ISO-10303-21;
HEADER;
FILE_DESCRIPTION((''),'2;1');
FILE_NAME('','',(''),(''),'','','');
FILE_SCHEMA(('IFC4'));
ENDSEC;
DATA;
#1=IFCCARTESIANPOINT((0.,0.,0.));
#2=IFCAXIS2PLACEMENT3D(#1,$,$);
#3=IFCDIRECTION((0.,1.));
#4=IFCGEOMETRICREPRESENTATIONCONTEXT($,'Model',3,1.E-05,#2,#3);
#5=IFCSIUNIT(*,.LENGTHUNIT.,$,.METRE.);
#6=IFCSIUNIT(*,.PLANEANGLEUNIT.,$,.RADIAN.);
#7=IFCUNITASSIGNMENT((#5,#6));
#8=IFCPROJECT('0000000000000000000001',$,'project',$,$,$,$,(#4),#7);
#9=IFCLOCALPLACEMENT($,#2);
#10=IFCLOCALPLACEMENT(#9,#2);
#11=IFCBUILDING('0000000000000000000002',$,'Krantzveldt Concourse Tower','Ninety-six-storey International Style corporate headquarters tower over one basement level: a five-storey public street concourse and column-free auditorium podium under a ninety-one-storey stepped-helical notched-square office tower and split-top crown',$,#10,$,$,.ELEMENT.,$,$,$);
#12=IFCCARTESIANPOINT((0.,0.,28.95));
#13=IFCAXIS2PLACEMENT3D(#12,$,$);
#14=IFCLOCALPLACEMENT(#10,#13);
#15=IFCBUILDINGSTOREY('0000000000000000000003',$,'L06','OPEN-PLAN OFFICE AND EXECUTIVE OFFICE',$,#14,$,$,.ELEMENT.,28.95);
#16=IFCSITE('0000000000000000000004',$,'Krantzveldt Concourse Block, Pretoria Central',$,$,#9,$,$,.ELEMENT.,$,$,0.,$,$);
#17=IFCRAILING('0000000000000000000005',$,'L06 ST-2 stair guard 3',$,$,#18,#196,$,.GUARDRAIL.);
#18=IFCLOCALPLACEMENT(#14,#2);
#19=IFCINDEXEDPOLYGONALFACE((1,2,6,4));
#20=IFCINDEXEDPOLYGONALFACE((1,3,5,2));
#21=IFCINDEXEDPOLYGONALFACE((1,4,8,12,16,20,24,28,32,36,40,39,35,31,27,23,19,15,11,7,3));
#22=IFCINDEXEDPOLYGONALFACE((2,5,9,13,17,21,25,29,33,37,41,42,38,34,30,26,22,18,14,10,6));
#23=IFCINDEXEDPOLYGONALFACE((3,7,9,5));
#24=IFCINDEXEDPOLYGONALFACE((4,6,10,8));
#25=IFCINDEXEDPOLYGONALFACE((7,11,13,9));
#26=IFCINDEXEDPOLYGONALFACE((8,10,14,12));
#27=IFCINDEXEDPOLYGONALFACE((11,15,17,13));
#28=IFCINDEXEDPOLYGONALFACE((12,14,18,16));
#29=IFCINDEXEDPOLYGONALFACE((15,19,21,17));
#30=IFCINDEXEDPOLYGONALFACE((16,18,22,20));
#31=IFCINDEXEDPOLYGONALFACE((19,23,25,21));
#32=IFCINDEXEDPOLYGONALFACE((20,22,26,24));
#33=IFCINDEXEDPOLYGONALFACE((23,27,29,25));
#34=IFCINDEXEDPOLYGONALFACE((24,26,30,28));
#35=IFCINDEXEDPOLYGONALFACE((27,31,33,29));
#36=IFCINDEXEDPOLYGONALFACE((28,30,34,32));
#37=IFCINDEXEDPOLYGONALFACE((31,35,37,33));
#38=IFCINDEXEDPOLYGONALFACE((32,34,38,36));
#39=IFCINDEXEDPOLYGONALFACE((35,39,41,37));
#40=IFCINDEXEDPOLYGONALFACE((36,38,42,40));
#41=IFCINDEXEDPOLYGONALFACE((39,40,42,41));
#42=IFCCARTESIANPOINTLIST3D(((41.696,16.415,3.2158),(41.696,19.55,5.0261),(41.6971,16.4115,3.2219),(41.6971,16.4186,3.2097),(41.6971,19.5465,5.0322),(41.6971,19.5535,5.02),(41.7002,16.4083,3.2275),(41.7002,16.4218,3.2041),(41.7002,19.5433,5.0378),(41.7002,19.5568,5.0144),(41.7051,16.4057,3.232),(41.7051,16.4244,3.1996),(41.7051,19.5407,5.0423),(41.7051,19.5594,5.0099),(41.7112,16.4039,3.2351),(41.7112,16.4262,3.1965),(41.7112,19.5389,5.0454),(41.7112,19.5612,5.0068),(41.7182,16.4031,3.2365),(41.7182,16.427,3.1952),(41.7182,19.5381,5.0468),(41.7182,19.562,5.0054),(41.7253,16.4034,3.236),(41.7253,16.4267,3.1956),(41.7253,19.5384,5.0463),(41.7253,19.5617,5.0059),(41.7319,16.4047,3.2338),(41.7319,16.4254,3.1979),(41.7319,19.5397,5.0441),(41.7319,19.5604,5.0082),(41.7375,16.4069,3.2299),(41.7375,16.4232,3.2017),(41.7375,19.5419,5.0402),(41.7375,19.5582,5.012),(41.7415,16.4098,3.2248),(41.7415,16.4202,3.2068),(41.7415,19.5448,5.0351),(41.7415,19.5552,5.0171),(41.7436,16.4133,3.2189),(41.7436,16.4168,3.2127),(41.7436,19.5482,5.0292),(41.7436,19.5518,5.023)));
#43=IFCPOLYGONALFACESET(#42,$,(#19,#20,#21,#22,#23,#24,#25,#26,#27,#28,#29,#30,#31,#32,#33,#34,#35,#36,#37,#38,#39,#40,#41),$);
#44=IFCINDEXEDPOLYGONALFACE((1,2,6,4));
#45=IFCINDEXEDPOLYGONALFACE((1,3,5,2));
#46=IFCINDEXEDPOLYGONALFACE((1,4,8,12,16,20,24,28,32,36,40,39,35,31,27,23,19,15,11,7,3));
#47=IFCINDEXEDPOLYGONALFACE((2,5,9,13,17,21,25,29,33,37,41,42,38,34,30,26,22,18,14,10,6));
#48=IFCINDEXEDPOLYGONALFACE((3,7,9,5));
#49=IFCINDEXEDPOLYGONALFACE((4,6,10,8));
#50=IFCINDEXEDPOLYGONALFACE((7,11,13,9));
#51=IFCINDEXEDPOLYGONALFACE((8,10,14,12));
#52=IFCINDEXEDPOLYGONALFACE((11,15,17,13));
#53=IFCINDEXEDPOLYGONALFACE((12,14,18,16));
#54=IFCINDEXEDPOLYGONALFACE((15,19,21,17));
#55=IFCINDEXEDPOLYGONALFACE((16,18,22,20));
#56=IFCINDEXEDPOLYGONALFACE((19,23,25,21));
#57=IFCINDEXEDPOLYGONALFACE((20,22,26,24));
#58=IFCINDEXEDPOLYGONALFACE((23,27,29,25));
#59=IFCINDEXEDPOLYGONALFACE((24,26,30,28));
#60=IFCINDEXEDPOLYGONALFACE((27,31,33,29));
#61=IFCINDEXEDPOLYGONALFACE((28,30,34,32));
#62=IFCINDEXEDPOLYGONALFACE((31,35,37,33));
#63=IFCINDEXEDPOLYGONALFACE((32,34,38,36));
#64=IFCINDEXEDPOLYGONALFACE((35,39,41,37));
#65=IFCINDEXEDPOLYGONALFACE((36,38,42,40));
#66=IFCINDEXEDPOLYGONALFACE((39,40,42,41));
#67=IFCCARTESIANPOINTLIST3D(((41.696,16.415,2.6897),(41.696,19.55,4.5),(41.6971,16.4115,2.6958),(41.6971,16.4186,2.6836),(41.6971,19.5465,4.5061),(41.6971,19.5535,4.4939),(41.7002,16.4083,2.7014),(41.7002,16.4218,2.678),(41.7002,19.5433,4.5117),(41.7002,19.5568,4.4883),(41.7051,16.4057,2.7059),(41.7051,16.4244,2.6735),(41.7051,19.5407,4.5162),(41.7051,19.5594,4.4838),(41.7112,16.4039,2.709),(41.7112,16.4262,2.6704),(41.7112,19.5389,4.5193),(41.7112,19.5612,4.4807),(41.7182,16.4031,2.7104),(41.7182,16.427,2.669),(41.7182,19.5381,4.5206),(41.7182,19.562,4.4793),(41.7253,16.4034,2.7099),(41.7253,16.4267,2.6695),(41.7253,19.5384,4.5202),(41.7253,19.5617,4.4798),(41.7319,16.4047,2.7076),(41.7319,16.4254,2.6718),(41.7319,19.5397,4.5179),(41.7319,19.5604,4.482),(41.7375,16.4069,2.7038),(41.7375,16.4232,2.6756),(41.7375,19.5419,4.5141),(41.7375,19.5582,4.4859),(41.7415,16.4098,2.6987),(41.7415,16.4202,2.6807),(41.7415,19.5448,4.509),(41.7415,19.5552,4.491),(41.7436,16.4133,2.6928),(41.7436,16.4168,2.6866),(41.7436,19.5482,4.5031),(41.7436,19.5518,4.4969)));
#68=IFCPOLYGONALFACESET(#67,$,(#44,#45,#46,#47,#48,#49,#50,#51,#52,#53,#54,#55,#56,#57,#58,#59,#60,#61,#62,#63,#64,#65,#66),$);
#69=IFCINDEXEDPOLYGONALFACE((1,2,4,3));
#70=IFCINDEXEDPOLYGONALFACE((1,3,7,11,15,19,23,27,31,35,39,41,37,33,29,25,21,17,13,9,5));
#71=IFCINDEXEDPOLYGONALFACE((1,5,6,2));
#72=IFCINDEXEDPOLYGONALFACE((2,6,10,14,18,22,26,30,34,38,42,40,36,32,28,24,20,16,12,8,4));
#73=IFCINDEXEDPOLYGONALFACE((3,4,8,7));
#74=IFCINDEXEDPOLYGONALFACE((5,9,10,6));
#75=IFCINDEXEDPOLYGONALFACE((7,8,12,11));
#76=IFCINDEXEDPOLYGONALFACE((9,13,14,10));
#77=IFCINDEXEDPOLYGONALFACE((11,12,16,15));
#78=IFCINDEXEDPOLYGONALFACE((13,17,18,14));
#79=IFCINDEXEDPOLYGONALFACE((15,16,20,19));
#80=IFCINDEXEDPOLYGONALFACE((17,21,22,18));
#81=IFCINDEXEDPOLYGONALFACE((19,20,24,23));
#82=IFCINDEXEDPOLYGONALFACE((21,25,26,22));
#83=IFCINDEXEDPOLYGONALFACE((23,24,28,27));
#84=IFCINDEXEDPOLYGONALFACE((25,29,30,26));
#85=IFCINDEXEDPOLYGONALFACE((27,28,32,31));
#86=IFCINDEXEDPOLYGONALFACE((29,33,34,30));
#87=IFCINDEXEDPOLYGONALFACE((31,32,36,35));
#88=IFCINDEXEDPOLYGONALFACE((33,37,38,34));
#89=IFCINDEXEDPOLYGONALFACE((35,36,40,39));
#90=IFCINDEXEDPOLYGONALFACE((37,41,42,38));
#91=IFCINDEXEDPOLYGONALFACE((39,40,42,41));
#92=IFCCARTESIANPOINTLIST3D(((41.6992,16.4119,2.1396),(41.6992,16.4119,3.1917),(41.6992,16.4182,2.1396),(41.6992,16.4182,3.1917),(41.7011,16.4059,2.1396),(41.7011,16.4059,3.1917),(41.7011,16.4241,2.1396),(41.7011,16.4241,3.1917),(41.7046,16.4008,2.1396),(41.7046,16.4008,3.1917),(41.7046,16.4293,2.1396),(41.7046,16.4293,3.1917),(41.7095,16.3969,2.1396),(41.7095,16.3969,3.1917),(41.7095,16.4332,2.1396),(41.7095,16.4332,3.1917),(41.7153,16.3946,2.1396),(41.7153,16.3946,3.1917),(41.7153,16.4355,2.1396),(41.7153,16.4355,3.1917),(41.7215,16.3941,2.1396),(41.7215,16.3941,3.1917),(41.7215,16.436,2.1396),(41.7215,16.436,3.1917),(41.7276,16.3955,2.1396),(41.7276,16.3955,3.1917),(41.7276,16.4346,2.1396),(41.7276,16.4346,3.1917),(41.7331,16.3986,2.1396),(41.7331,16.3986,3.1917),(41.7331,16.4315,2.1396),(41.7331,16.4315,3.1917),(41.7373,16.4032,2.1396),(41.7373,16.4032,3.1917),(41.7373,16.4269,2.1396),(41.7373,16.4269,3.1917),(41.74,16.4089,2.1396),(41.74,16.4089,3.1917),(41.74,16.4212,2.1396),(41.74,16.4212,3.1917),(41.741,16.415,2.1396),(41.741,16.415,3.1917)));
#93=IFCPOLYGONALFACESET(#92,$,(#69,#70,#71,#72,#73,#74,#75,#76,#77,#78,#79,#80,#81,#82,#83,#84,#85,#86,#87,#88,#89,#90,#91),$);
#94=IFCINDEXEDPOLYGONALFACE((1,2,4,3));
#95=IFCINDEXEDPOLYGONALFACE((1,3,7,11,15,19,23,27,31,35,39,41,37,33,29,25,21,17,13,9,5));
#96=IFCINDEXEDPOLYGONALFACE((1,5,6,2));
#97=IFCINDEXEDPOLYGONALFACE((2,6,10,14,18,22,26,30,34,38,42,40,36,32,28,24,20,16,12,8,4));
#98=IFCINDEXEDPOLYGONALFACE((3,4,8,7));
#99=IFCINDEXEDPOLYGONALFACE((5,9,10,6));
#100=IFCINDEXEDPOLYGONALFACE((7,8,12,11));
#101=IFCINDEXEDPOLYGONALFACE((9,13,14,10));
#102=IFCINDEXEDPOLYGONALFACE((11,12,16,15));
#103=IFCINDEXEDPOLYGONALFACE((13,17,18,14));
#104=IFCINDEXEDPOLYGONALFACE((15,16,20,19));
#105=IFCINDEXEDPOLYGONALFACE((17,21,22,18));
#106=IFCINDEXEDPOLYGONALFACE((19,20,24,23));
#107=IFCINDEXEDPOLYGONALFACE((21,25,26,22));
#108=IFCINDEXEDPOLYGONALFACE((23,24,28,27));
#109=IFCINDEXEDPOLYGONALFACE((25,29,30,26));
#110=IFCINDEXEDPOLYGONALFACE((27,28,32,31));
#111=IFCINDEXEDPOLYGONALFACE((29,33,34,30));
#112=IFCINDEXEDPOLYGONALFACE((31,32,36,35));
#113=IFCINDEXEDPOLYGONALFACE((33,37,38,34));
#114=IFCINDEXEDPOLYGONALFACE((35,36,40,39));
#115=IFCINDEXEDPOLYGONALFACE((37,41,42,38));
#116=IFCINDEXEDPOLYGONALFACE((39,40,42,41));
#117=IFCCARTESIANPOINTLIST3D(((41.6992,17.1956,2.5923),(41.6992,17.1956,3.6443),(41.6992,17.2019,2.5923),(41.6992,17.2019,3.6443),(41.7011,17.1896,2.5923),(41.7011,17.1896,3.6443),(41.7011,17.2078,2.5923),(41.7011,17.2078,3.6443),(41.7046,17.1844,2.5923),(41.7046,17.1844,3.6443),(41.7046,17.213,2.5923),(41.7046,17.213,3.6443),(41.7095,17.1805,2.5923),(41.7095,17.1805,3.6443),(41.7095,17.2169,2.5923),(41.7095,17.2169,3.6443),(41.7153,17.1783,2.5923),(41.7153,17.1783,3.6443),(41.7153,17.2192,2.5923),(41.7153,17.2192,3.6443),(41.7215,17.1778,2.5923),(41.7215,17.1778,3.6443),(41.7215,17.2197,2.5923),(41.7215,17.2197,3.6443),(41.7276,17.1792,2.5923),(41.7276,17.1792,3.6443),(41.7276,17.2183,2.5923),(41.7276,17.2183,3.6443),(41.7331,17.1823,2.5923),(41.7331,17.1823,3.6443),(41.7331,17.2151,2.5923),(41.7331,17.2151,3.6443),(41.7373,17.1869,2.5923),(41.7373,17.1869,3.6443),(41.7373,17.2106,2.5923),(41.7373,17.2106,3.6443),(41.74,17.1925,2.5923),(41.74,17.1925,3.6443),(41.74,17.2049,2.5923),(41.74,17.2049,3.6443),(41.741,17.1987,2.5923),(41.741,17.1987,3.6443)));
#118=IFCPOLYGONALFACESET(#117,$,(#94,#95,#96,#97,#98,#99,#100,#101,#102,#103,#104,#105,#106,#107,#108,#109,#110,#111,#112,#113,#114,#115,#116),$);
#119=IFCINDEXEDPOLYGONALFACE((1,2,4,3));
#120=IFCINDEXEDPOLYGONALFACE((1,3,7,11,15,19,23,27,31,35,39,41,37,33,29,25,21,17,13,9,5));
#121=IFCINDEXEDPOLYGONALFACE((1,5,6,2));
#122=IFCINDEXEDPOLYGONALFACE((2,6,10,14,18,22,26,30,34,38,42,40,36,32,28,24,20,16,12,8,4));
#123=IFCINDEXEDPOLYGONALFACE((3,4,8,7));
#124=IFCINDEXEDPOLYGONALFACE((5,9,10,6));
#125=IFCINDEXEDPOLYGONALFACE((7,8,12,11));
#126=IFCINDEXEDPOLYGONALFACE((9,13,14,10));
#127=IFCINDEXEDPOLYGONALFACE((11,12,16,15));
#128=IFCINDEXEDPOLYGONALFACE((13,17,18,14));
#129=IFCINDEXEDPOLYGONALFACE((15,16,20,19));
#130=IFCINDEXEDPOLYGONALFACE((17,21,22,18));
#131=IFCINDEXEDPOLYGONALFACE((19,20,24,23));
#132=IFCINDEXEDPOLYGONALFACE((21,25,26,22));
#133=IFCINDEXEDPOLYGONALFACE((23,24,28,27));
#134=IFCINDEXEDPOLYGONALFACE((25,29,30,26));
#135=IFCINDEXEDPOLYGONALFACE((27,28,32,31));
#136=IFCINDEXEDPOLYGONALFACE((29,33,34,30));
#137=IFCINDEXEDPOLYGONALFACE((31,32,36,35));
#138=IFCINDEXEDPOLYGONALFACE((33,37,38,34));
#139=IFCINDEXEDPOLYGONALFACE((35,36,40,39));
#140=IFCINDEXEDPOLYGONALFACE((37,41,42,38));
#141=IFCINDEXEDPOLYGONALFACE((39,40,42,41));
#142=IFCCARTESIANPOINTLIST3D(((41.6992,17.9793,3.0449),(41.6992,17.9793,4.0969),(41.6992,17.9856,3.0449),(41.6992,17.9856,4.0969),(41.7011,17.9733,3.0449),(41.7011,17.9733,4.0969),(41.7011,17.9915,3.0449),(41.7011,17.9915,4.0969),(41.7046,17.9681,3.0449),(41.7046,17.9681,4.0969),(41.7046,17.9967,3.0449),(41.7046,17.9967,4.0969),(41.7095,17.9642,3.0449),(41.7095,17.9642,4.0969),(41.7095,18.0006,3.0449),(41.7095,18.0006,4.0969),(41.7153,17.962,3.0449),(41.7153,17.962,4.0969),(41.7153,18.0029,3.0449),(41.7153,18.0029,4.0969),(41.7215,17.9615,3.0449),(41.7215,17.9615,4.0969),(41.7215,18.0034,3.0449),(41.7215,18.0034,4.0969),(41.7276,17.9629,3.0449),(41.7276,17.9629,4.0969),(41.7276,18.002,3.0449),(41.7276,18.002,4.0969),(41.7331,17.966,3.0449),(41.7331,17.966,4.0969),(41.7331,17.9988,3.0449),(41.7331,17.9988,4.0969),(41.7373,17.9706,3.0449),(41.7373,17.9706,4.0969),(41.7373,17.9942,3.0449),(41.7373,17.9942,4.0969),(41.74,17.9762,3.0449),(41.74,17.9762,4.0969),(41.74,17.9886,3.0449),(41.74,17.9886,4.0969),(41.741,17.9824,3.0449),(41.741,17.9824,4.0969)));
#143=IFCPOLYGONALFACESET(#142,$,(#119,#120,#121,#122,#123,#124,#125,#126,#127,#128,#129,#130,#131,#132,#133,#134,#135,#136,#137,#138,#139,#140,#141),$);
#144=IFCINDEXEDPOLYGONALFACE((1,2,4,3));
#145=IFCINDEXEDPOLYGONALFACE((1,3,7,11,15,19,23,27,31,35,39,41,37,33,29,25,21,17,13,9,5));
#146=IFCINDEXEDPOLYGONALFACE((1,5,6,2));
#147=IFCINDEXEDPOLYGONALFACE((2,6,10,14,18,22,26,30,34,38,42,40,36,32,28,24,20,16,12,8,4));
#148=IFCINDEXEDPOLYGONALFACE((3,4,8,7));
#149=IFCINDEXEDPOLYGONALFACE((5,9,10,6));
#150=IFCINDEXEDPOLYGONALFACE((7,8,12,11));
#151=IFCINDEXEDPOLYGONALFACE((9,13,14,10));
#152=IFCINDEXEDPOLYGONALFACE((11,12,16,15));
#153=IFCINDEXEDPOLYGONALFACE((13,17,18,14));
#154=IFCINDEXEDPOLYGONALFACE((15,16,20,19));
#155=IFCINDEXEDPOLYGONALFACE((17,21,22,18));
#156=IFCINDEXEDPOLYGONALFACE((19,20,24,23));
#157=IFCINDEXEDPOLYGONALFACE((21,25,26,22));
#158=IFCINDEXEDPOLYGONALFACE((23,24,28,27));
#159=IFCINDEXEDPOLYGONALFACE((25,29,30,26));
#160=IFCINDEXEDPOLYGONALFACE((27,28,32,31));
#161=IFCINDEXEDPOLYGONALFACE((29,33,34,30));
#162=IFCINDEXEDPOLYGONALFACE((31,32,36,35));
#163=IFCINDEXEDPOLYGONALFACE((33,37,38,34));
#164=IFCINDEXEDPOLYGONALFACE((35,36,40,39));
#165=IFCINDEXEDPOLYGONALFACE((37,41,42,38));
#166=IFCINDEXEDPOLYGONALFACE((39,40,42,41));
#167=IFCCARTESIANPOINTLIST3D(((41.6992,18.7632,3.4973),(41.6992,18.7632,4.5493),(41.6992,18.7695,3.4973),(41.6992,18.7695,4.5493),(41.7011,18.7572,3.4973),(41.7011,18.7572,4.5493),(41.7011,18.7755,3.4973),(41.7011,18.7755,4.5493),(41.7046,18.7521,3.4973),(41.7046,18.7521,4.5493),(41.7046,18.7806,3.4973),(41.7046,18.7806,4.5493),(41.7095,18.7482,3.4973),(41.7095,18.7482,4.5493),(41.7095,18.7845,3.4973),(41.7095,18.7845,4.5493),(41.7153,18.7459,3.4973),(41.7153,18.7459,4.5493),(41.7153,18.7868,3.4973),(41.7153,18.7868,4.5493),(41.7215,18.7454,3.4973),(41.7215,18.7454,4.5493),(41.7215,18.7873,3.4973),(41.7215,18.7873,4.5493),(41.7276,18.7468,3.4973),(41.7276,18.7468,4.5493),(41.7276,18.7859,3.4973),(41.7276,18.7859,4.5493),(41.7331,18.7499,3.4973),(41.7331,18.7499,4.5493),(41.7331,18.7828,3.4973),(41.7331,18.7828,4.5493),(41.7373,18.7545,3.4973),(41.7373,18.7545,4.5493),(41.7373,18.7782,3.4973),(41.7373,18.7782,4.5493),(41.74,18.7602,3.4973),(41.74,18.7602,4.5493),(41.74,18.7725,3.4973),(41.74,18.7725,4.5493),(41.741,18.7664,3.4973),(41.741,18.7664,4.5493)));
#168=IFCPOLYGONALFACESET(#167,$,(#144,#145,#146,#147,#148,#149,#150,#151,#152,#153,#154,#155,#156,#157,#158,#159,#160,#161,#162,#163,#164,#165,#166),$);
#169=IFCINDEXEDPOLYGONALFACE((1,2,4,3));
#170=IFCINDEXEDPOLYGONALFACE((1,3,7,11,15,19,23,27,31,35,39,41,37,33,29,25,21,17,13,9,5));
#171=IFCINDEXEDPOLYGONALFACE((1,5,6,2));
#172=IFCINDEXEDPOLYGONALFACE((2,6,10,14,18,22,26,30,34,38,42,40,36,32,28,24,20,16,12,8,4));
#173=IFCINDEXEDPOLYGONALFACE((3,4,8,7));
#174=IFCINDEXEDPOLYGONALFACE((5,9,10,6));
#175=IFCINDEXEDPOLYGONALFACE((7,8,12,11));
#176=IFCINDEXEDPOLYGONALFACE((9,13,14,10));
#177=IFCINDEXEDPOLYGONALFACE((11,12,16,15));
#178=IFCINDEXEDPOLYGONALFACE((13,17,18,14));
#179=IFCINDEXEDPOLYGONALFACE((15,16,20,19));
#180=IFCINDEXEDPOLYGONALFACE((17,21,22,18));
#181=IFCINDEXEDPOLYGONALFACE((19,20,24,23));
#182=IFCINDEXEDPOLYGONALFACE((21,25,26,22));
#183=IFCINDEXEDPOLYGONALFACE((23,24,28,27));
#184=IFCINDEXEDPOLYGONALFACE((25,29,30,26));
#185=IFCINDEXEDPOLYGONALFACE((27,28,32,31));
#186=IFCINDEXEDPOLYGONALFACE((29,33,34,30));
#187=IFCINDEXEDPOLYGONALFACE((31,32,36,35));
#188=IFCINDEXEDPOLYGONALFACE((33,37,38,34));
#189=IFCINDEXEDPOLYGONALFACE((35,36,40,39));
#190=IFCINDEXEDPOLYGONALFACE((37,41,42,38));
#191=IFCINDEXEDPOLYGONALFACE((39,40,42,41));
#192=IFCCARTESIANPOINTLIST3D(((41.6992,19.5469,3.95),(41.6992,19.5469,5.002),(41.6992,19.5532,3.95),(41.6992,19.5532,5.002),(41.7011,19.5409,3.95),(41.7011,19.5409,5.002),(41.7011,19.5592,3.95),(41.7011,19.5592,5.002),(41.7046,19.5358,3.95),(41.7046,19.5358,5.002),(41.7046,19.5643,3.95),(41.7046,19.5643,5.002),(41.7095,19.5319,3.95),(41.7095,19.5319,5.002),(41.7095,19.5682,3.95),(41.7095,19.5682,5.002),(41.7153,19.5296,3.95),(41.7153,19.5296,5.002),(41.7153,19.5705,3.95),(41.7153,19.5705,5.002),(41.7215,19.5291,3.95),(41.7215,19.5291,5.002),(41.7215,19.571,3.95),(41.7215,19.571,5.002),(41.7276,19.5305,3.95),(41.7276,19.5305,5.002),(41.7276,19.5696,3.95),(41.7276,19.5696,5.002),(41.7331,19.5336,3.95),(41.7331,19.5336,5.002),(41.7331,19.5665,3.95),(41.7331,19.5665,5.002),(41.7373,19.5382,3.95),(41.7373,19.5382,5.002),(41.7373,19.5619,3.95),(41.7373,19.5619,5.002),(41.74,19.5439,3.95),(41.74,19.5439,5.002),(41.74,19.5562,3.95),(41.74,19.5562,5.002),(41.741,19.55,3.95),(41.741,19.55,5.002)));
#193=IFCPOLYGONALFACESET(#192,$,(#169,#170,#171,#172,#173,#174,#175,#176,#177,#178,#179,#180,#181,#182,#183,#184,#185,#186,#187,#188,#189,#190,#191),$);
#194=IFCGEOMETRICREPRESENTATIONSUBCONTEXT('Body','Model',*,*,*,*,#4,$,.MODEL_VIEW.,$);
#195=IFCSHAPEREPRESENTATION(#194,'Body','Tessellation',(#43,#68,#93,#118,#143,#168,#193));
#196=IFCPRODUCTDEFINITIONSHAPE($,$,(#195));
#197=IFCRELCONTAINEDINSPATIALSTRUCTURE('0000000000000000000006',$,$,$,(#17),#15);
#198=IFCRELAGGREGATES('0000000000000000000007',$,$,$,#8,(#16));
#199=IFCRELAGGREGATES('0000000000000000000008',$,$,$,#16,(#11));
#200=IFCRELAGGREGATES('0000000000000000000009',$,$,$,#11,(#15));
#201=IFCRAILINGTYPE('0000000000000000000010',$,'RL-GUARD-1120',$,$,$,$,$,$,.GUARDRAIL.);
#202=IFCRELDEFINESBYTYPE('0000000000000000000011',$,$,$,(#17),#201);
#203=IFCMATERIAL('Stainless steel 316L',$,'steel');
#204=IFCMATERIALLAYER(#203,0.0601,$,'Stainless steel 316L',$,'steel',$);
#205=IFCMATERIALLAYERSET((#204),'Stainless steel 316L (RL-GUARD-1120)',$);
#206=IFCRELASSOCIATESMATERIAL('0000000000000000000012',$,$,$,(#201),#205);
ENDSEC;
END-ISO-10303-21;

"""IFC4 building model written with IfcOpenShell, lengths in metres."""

from ifc_helpers import new_model, si_unit, direction, frame, origin, origin_2d, place, context, subcontext, project, spatial, circle, extrude, material, layer, layer_set, type_object, element, save


model = new_model("IFC4")

# Units and contexts
model_context = context("Model", 3, precision=1e-05, world=origin(), true_north=direction((0.0, 1.0)))
body_context = subcontext(model_context, "Body", "Model", "MODEL_VIEW")
ifc_project = project(units=[si_unit("LENGTHUNIT", "METRE"), si_unit("PLANEANGLEUNIT", "RADIAN")], contexts=[model_context])

# Site, building, storey
site_placement = place(None, origin())
site = spatial("IfcSite", under=ifc_project, at=site_placement, Name="Krantzveldt Concourse Block, Pretoria Central", CompositionType="ELEMENT", RefElevation=0.0)
building_placement = place(site_placement, origin())
building = spatial("IfcBuilding", under=site, at=building_placement, Name="Krantzveldt Concourse Tower", Description="Ninety-six-storey International Style corporate headquarters tower over one basement level: a five-storey public street concourse and column-free auditorium podium under a ninety-one-storey stepped-helical notched-square office tower and split-top crown", CompositionType="ELEMENT")
storey_placement = place(building_placement, frame((0.0, 0.0, 28.95)))
storey = spatial("IfcBuildingStorey", under=building, at=storey_placement, Name="L06", Description="OPEN-PLAN OFFICE AND EXECUTIVE OFFICE", CompositionType="ELEMENT", Elevation=28.95)

# Shared definitions
ifc_material_1 = material(Name="Stainless steel 316L", Category="steel")

# Railing
ifc_layer_1 = layer(ifc_material_1, 0.0601, Name="Stainless steel 316L", Category="steel")
ifc_layer_set_1 = layer_set([ifc_layer_1], Name="Stainless steel 316L (RL-GUARD-1120)")
railing_type_1 = type_object("IfcRailingType", Name="RL-GUARD-1120", PredefinedType="GUARDRAIL", material=ifc_layer_set_1)
railing_1_placement = place(storey_placement, frame((41.72, 16.415, 2.1396)))
element("IfcRailing", 1, at=railing_1_placement, inside=storey, type_object=railing_type_1, Name="L06 ST-2 stair guard 3", PredefinedType="GUARDRAIL", context=body_context, shape_type="SweptSolid", body=[
    extrude(circle(Radius=0.0239, at=origin_2d()), frame((0.0, 0.0, 1.0762), z_axis=(0.0, 0.865989, 0.500063), x_axis=(-1.0, 0.0, 0.0)), (0.0, 0.0, 1.0), 3.6201),
    extrude(circle(Radius=0.0239, at=origin_2d()), frame((0.0, 0.0, 0.55), z_axis=(0.0, 0.865989, 0.500063), x_axis=(-1.0, 0.0, 0.0)), (0.0, 0.0, 1.0), 3.6201),
    extrude(circle(Radius=0.021, at=origin_2d()), origin(), (0.0, 0.0, 1.0), 1.052),
    extrude(circle(Radius=0.021, at=origin_2d()), frame((0.0, 0.7837, 0.4526)), (0.0, 0.0, 1.0), 1.052),
    extrude(circle(Radius=0.021, at=origin_2d()), frame((0.0, 1.5674, 0.9053)), (0.0, 0.0, 1.0), 1.052),
    extrude(circle(Radius=0.021, at=origin_2d()), frame((0.0, 2.3513, 1.3577)), (0.0, 0.0, 1.0), 1.052),
    extrude(circle(Radius=0.021, at=origin_2d()), frame((0.0, 3.135, 1.8103)), (0.0, 0.0, 1.0), 1.052),
])

save(model, "model.ifc")
